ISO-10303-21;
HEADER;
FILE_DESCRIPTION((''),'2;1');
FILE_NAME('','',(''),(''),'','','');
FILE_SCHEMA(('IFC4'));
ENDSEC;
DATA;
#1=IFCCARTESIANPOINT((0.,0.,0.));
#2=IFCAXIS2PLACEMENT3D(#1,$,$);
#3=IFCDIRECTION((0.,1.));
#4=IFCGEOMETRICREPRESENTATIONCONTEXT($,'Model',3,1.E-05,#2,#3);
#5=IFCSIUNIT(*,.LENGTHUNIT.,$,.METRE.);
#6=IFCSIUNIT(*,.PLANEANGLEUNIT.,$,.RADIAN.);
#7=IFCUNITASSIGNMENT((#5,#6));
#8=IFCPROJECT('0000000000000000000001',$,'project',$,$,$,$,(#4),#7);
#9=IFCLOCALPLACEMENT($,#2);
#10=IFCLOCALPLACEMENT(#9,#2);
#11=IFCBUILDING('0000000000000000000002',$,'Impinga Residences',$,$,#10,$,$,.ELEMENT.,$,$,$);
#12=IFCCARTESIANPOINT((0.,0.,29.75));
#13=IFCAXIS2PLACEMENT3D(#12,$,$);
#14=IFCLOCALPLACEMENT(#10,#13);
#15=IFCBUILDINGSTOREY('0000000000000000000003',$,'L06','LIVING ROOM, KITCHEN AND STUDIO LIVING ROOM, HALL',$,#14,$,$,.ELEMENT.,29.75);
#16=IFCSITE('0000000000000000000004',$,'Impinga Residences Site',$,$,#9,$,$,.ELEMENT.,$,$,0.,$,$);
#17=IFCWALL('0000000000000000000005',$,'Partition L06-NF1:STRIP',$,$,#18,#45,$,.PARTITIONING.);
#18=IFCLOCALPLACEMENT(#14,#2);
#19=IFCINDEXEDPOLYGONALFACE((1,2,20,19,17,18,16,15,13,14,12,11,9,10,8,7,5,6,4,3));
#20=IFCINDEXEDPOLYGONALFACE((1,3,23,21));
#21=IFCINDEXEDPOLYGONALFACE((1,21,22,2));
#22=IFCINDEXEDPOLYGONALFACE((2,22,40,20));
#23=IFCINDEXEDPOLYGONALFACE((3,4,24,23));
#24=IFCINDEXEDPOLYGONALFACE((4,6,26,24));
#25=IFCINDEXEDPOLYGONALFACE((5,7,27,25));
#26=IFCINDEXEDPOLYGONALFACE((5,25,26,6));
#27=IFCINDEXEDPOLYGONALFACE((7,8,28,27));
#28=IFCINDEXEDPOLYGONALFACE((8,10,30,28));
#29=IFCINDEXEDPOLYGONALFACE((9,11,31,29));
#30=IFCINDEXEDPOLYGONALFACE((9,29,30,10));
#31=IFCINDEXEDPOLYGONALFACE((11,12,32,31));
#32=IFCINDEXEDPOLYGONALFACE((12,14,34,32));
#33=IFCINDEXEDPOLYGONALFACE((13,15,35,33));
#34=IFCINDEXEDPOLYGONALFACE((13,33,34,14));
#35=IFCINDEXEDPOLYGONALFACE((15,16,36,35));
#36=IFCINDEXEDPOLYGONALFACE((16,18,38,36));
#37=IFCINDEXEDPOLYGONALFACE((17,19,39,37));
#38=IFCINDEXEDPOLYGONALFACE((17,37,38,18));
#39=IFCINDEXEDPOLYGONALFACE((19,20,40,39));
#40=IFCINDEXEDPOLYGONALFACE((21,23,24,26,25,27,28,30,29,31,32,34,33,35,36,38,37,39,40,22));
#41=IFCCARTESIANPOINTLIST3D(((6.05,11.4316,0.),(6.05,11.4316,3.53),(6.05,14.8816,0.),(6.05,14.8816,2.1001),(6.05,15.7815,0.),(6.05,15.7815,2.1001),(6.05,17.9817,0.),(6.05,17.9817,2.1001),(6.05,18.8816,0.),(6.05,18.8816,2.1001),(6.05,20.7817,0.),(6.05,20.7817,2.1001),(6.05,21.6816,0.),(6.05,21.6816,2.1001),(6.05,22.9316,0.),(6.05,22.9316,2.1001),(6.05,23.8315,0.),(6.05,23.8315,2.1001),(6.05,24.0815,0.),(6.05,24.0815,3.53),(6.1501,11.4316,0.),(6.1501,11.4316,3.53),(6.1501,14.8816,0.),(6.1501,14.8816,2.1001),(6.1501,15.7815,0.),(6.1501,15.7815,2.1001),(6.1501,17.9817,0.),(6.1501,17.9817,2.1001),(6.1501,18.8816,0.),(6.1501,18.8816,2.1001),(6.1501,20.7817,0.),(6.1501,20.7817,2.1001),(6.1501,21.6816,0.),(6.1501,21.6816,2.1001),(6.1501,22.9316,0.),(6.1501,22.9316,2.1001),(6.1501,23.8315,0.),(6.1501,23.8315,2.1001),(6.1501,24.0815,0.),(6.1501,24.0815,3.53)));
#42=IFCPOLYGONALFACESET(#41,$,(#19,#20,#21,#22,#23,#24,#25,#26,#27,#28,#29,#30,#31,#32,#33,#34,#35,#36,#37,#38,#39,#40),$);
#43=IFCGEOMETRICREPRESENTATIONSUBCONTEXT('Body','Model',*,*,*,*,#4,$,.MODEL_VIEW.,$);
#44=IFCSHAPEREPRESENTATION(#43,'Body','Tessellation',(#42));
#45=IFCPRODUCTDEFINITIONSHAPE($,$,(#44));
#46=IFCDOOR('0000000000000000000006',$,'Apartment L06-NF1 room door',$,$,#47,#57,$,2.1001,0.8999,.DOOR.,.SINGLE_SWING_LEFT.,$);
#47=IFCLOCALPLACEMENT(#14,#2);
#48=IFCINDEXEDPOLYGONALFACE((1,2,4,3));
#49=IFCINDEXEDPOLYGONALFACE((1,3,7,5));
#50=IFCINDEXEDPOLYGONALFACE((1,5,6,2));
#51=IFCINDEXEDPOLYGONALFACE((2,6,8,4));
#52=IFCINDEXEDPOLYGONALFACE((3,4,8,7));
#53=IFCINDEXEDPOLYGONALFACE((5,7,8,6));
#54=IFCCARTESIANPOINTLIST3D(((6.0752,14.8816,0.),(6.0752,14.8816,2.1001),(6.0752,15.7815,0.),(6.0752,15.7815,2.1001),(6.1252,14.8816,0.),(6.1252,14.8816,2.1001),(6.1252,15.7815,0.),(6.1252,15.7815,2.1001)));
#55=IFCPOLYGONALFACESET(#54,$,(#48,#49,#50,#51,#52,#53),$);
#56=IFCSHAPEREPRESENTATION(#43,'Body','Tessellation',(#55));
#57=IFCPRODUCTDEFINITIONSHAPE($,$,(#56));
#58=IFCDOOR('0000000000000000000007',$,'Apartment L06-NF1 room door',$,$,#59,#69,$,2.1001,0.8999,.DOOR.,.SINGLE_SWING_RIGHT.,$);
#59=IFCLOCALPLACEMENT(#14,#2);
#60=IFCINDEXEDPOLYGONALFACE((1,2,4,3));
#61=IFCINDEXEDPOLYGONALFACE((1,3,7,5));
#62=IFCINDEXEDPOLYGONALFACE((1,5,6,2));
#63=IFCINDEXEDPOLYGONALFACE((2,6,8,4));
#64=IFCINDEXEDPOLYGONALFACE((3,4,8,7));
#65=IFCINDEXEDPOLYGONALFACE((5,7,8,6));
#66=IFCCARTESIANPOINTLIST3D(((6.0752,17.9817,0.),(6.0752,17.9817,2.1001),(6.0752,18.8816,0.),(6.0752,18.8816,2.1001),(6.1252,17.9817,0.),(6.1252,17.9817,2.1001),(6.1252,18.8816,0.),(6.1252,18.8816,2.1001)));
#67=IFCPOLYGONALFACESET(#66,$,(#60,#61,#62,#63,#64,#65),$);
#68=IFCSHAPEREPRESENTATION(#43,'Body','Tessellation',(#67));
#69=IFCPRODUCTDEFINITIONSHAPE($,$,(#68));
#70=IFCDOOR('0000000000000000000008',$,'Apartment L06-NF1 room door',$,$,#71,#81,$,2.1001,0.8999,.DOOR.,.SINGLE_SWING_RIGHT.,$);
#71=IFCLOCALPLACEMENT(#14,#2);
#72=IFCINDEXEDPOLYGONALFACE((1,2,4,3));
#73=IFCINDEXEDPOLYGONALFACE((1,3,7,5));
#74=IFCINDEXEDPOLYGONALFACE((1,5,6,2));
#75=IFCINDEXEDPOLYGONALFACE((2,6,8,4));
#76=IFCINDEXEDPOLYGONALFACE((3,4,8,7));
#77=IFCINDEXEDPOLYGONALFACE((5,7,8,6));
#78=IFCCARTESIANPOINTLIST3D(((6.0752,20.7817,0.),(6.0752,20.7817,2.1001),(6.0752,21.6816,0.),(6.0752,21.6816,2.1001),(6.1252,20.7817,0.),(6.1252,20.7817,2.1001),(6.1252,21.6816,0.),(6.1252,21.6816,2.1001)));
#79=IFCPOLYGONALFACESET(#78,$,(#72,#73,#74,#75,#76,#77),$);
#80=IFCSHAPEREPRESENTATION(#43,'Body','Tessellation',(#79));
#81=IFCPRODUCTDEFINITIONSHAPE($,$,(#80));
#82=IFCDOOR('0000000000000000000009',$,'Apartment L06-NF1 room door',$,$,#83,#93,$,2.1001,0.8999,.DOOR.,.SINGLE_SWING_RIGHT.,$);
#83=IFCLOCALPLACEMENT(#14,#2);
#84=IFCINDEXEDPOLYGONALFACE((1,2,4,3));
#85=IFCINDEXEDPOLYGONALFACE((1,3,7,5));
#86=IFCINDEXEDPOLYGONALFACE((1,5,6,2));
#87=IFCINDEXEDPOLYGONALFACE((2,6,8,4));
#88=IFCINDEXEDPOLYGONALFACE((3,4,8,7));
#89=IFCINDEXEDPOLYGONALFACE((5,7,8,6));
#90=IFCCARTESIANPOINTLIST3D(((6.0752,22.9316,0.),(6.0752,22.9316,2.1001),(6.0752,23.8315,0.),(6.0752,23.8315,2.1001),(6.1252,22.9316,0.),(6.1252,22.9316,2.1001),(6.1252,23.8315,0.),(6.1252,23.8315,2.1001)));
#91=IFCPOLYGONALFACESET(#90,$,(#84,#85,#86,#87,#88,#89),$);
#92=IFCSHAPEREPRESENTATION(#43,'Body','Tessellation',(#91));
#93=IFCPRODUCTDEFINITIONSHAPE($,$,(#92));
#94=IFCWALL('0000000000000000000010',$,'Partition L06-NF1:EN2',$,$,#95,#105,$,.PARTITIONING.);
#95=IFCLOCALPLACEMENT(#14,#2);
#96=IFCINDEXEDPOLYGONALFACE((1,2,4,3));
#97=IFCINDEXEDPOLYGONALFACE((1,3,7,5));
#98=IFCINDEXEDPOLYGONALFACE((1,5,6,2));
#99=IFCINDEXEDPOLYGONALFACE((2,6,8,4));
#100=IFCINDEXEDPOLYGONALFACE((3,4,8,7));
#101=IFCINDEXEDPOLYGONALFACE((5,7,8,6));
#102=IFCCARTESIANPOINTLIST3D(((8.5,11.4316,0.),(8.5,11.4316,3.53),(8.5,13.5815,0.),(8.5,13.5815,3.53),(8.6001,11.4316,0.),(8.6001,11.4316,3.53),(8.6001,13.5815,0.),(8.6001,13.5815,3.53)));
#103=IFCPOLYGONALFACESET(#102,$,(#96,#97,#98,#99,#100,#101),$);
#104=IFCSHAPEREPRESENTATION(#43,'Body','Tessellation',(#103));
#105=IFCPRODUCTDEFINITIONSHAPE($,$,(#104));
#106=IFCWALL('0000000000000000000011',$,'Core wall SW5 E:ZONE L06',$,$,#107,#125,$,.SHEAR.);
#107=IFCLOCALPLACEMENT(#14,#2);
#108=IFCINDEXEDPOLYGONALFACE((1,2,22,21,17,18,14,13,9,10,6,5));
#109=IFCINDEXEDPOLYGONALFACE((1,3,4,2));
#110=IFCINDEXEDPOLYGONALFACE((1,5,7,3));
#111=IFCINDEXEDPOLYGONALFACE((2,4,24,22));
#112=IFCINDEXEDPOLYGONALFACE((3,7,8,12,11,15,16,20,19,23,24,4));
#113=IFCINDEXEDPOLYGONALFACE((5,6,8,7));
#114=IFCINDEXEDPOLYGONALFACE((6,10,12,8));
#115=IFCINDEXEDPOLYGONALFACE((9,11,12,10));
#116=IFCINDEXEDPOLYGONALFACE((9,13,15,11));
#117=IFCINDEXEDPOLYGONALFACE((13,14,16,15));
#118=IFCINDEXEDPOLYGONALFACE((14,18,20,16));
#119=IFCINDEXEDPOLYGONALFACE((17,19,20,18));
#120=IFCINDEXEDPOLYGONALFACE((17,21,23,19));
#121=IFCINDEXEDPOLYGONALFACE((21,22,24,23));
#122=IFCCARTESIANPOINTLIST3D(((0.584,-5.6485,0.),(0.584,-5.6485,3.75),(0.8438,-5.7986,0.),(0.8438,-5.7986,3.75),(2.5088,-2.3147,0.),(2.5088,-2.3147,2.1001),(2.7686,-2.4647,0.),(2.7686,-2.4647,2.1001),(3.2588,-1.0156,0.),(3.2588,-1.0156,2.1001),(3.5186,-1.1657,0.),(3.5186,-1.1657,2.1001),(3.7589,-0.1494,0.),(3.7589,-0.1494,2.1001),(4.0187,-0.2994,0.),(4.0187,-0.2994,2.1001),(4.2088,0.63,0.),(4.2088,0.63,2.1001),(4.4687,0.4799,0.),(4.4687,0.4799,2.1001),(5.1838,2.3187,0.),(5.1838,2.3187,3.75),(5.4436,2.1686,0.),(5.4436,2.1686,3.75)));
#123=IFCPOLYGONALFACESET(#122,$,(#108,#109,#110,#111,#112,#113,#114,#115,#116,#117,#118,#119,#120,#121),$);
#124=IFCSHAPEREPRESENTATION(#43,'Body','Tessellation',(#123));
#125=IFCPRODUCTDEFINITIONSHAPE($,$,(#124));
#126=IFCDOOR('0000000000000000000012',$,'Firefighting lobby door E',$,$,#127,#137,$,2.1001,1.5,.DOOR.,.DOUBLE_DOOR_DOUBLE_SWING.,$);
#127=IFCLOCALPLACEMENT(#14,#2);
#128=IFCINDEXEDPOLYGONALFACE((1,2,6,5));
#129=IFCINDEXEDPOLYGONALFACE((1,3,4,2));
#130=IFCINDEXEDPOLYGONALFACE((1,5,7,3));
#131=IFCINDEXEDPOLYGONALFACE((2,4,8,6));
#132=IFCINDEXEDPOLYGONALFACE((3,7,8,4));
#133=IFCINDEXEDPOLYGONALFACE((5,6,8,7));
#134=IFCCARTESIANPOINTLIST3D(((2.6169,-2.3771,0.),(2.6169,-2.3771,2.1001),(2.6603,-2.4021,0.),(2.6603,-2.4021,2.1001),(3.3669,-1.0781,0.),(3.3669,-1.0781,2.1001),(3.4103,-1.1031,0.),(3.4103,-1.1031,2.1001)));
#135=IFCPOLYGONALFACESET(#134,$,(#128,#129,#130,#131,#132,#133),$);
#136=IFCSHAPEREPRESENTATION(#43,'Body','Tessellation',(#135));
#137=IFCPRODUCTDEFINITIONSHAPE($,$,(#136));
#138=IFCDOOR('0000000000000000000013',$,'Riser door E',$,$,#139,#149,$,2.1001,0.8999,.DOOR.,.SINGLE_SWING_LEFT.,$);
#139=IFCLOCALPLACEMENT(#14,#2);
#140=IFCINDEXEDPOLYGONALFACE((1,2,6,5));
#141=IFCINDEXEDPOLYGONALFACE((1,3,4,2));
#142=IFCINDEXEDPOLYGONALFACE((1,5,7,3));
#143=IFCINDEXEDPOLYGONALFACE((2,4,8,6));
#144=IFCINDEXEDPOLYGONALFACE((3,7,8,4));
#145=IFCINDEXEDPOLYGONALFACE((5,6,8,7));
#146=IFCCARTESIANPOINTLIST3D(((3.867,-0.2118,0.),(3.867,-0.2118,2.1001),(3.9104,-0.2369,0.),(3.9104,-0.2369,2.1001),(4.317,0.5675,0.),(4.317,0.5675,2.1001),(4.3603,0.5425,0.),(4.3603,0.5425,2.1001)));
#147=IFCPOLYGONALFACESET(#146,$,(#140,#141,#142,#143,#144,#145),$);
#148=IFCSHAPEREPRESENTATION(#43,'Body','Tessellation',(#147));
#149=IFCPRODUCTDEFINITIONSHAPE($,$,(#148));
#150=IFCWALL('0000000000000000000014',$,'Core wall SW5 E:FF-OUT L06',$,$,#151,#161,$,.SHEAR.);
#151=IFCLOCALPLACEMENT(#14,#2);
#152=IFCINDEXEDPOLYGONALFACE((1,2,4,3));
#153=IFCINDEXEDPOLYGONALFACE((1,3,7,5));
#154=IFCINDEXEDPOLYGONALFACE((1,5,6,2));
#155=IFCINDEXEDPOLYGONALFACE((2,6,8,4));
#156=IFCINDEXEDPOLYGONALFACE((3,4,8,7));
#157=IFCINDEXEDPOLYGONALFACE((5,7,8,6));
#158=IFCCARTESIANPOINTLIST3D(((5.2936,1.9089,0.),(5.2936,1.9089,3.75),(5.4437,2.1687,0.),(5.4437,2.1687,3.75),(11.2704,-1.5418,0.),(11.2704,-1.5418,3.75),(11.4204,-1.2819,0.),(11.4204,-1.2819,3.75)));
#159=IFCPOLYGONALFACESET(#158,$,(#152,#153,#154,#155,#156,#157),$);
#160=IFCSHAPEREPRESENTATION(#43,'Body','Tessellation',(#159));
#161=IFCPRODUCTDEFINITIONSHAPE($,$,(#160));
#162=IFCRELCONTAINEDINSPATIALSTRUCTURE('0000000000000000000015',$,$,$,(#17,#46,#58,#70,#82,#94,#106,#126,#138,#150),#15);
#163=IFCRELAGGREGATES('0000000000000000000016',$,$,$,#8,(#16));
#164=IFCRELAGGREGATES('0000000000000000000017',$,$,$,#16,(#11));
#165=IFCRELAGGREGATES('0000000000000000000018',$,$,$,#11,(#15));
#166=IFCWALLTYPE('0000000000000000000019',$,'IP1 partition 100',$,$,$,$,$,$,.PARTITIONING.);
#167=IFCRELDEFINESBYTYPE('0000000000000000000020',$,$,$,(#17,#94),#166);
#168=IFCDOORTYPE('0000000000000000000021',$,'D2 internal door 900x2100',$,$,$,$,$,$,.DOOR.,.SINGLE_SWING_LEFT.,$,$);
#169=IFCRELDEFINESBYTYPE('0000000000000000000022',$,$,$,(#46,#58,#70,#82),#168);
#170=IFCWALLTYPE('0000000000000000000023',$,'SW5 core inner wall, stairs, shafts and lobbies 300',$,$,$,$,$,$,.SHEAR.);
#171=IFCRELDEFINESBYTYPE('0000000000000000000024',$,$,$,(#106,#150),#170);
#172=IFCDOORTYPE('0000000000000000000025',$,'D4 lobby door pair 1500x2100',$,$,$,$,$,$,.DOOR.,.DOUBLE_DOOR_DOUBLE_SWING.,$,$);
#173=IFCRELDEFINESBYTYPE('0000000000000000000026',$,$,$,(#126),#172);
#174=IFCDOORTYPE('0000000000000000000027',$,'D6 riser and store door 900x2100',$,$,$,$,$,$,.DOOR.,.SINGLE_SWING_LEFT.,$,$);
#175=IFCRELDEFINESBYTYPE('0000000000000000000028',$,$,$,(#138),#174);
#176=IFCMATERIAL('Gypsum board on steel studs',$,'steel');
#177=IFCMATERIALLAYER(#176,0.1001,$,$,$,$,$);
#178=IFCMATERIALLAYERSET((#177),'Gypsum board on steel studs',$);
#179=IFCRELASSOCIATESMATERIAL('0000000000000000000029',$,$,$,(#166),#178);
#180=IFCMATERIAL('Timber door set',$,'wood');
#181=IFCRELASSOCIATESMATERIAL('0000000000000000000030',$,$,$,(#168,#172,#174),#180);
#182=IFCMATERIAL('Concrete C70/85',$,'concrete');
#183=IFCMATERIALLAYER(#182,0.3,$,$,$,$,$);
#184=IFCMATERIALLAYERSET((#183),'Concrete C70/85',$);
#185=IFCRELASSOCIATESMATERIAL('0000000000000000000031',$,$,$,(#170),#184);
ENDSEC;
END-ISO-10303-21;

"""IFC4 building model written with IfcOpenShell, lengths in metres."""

from ifc_helpers import new_model, si_unit, direction, frame, frame_2d, origin, place, context, subcontext, project, spatial, rectangle, extrude, material, layer, layer_set, type_object, element, fill, save


model = new_model("IFC4")

# Units and contexts
model_context = context("Model", 3, precision=1e-05, world=origin(), true_north=direction((0.0, 1.0)))
body_context = subcontext(model_context, "Body", "Model", "MODEL_VIEW")
ifc_project = project(units=[si_unit("LENGTHUNIT", "METRE"), si_unit("PLANEANGLEUNIT", "RADIAN")], contexts=[model_context])

# Site, building, storey
site_placement = place(None, origin())
site = spatial("IfcSite", under=ifc_project, at=site_placement, Name="Impinga Residences Site", CompositionType="ELEMENT", RefElevation=0.0)
building_placement = place(site_placement, origin())
building = spatial("IfcBuilding", under=site, at=building_placement, Name="Impinga Residences", CompositionType="ELEMENT")
storey_placement = place(building_placement, frame((0.0, 0.0, 29.75)))
storey = spatial("IfcBuildingStorey", under=building, at=storey_placement, Name="L06", Description="LIVING ROOM, KITCHEN AND STUDIO LIVING ROOM, HALL", CompositionType="ELEMENT", Elevation=29.75)

# Shared definitions
ifc_material_1 = material(Name="Concrete C70/85", Category="concrete")

# Shared definitions
ifc_material_2 = material(Name="Timber door set", Category="wood")

# Shared definitions
ifc_material_3 = material(Name="Gypsum board on steel studs", Category="steel")
ifc_layer_1 = layer(ifc_material_3, 0.1001)
ifc_layer_set_1 = layer_set([ifc_layer_1], Name="Gypsum board on steel studs")
wall_type_1 = type_object("IfcWallType", Name="IP1 partition 100", PredefinedType="PARTITIONING", material=ifc_layer_set_1)

# Wall, openings, doors
wall_1_placement = place(storey_placement, frame((6.1001, 11.4316, 0.0), z_axis=(0.0, 0.0, 1.0), x_axis=(0.0, 1.0, 0.0)))
wall_1 = element("IfcWall", 1, at=wall_1_placement, inside=storey, type_object=wall_type_1, Name="Partition L06-NF1:STRIP", PredefinedType="PARTITIONING", context=body_context, shape_type="SweptSolid", body=[
    extrude(rectangle(XDim=12.6499, YDim=0.1001, at=frame_2d((6.325, 0.0))), origin(), (0.0, 0.0, 1.0), 3.53),
])
opening_1_placement = place(wall_1_placement, frame((3.45, 0.0, 0.0)))
opening_1 = element("IfcOpeningElement", 2, at=opening_1_placement, cuts=wall_1, PredefinedType="OPENING", context=body_context, shape_type="SweptSolid", body=[
    extrude(rectangle(XDim=0.8999, YDim=2.1001, at=frame_2d((0.45, 1.05))), frame((0.0, 0.0601, 0.0), z_axis=(0.0, -1.0, 0.0), x_axis=(1.0, 0.0, 0.0)), (0.0, 0.0, 1.0), 0.1201),
])
opening_2_placement = place(wall_1_placement, frame((6.55, 0.0, 0.0)))
opening_2 = element("IfcOpeningElement", 3, at=opening_2_placement, cuts=wall_1, PredefinedType="OPENING", context=body_context, shape_type="SweptSolid", body=[
    extrude(rectangle(XDim=0.8999, YDim=2.1001, at=frame_2d((0.45, 1.05))), frame((0.0, 0.0601, 0.0), z_axis=(0.0, -1.0, 0.0), x_axis=(1.0, 0.0, 0.0)), (0.0, 0.0, 1.0), 0.1201),
])
opening_3_placement = place(wall_1_placement, frame((9.3501, 0.0, 0.0)))
opening_3 = element("IfcOpeningElement", 4, at=opening_3_placement, cuts=wall_1, PredefinedType="OPENING", context=body_context, shape_type="SweptSolid", body=[
    extrude(rectangle(XDim=0.8999, YDim=2.1001, at=frame_2d((0.45, 1.05))), frame((0.0, 0.0601, 0.0), z_axis=(0.0, -1.0, 0.0), x_axis=(1.0, 0.0, 0.0)), (0.0, 0.0, 1.0), 0.1201),
])
opening_4_placement = place(wall_1_placement, frame((11.5, 0.0, 0.0)))
opening_4 = element("IfcOpeningElement", 5, at=opening_4_placement, cuts=wall_1, PredefinedType="OPENING", context=body_context, shape_type="SweptSolid", body=[
    extrude(rectangle(XDim=0.8999, YDim=2.1001, at=frame_2d((0.45, 1.05))), frame((0.0, 0.0601, 0.0), z_axis=(0.0, -1.0, 0.0), x_axis=(1.0, 0.0, 0.0)), (0.0, 0.0, 1.0), 0.1201),
])
door_type_1 = type_object("IfcDoorType", Name="D2 internal door 900x2100", OperationType="SINGLE_SWING_LEFT", PredefinedType="DOOR", material=ifc_material_2)
door_1_placement = place(opening_1_placement, origin())
door_1 = element("IfcDoor", 6, at=door_1_placement, inside=storey, type_object=door_type_1, Name="Apartment L06-NF1 room door", OperationType="SINGLE_SWING_LEFT", OverallHeight=2.1001, OverallWidth=0.8999, PredefinedType="DOOR", context=body_context, shape_type="SweptSolid", body=[
    extrude(rectangle(XDim=0.8999, YDim=2.1001, at=frame_2d((0.45, 1.05))), frame((0.0, 0.0249, 0.0), z_axis=(0.0, -1.0, 0.0), x_axis=(1.0, 0.0, 0.0)), (0.0, 0.0, 1.0), 0.05),
])
fill(opening_1, door_1)
door_2_placement = place(opening_2_placement, origin())
door_2 = element("IfcDoor", 7, at=door_2_placement, inside=storey, type_object=door_type_1, Name="Apartment L06-NF1 room door", OperationType="SINGLE_SWING_RIGHT", OverallHeight=2.1001, OverallWidth=0.8999, PredefinedType="DOOR", context=body_context, shape_type="SweptSolid", body=[
    extrude(rectangle(XDim=0.8999, YDim=2.1001, at=frame_2d((0.45, 1.05))), frame((0.0, 0.0249, 0.0), z_axis=(0.0, -1.0, 0.0), x_axis=(1.0, 0.0, 0.0)), (0.0, 0.0, 1.0), 0.05),
])
fill(opening_2, door_2)
door_3_placement = place(opening_3_placement, origin())
door_3 = element("IfcDoor", 8, at=door_3_placement, inside=storey, type_object=door_type_1, Name="Apartment L06-NF1 room door", OperationType="SINGLE_SWING_RIGHT", OverallHeight=2.1001, OverallWidth=0.8999, PredefinedType="DOOR", context=body_context, shape_type="SweptSolid", body=[
    extrude(rectangle(XDim=0.8999, YDim=2.1001, at=frame_2d((0.45, 1.05))), frame((0.0, 0.0249, 0.0), z_axis=(0.0, -1.0, 0.0), x_axis=(1.0, 0.0, 0.0)), (0.0, 0.0, 1.0), 0.05),
])
fill(opening_3, door_3)
door_4_placement = place(opening_4_placement, origin())
door_4 = element("IfcDoor", 9, at=door_4_placement, inside=storey, type_object=door_type_1, Name="Apartment L06-NF1 room door", OperationType="SINGLE_SWING_RIGHT", OverallHeight=2.1001, OverallWidth=0.8999, PredefinedType="DOOR", context=body_context, shape_type="SweptSolid", body=[
    extrude(rectangle(XDim=0.8999, YDim=2.1001, at=frame_2d((0.45, 1.05))), frame((0.0, 0.0249, 0.0), z_axis=(0.0, -1.0, 0.0), x_axis=(1.0, 0.0, 0.0)), (0.0, 0.0, 1.0), 0.05),
])
fill(opening_4, door_4)

# Wall
wall_2_placement = place(storey_placement, frame((8.55, 11.4316, 0.0), z_axis=(0.0, 0.0, 1.0), x_axis=(0.0, 1.0, 0.0)))
element("IfcWall", 10, at=wall_2_placement, inside=storey, type_object=wall_type_1, Name="Partition L06-NF1:EN2", PredefinedType="PARTITIONING", context=body_context, shape_type="SweptSolid", body=[
    extrude(rectangle(XDim=2.1499, YDim=0.1001, at=frame_2d((1.075, 0.0))), origin(), (0.0, 0.0, 1.0), 3.53),
])

# Wall, openings, doors
ifc_layer_2 = layer(ifc_material_1, 0.3)
ifc_layer_set_2 = layer_set([ifc_layer_2], Name="Concrete C70/85")
wall_type_2 = type_object("IfcWallType", Name="SW5 core inner wall, stairs, shafts and lobbies 300", PredefinedType="SHEAR", material=ifc_layer_set_2)
wall_3_placement = place(storey_placement, frame((5.3137, 2.2437, 0.0), z_axis=(0.0, 0.0, 1.0), x_axis=(-0.499995, -0.866028, 0.0)))
wall_3 = element("IfcWall", 11, at=wall_3_placement, inside=storey, type_object=wall_type_2, Name="Core wall SW5 E:ZONE L06", PredefinedType="SHEAR", context=body_context, shape_type="SweptSolid", body=[
    extrude(rectangle(XDim=9.1997, YDim=0.3, at=frame_2d((4.5999, 0.0))), origin(), (0.0, 0.0, 1.0), 3.75),
])
opening_5_placement = place(wall_3_placement, frame((3.8501, 0.0, 0.0)))
opening_5 = element("IfcOpeningElement", 12, at=opening_5_placement, cuts=wall_3, PredefinedType="OPENING", context=body_context, shape_type="SweptSolid", body=[
    extrude(rectangle(XDim=1.5, YDim=2.1001, at=frame_2d((0.75, 1.05))), frame((0.0, 0.1599, 0.0), z_axis=(0.0, -1.0, 0.0), x_axis=(1.0, 0.0, 0.0)), (0.0, 0.0, 1.0), 0.3201),
])
opening_6_placement = place(wall_3_placement, frame((1.95, 0.0, 0.0)))
opening_6 = element("IfcOpeningElement", 13, at=opening_6_placement, cuts=wall_3, PredefinedType="OPENING", context=body_context, shape_type="SweptSolid", body=[
    extrude(rectangle(XDim=0.8999, YDim=2.1001, at=frame_2d((0.45, 1.05))), frame((0.0, 0.1599, 0.0), z_axis=(0.0, -1.0, 0.0), x_axis=(1.0, 0.0, 0.0)), (0.0, 0.0, 1.0), 0.3201),
])
door_type_2 = type_object("IfcDoorType", Name="D4 lobby door pair 1500x2100", OperationType="DOUBLE_DOOR_DOUBLE_SWING", PredefinedType="DOOR", material=ifc_material_2)
door_5_placement = place(opening_5_placement, origin())
door_5 = element("IfcDoor", 14, at=door_5_placement, inside=storey, type_object=door_type_2, Name="Firefighting lobby door E", OperationType="DOUBLE_DOOR_DOUBLE_SWING", OverallHeight=2.1001, OverallWidth=1.5, PredefinedType="DOOR", context=body_context, shape_type="SweptSolid", body=[
    extrude(rectangle(XDim=1.5, YDim=2.1001, at=frame_2d((0.75, 1.05))), frame((0.0, 0.0249, 0.0), z_axis=(0.0, -1.0, 0.0), x_axis=(1.0, 0.0, 0.0)), (0.0, 0.0, 1.0), 0.05),
])
fill(opening_5, door_5)
door_type_3 = type_object("IfcDoorType", Name="D6 riser and store door 900x2100", OperationType="SINGLE_SWING_LEFT", PredefinedType="DOOR", material=ifc_material_2)
door_6_placement = place(opening_6_placement, origin())
door_6 = element("IfcDoor", 15, at=door_6_placement, inside=storey, type_object=door_type_3, Name="Riser door E", OperationType="SINGLE_SWING_LEFT", OverallHeight=2.1001, OverallWidth=0.8999, PredefinedType="DOOR", context=body_context, shape_type="SweptSolid", body=[
    extrude(rectangle(XDim=0.8999, YDim=2.1001, at=frame_2d((0.45, 1.05))), frame((0.0, 0.0249, 0.0), z_axis=(0.0, -1.0, 0.0), x_axis=(1.0, 0.0, 0.0)), (0.0, 0.0, 1.0), 0.05),
])
fill(opening_6, door_6)

# Wall
wall_4_placement = place(storey_placement, frame((5.3687, 2.0388, 0.0), z_axis=(0.0, 0.0, 1.0), x_axis=(0.866027, -0.499997, 0.0)))
element("IfcWall", 16, at=wall_4_placement, inside=storey, type_object=wall_type_2, Name="Core wall SW5 E:FF-OUT L06", PredefinedType="SHEAR", context=body_context, shape_type="SweptSolid", body=[
    extrude(rectangle(XDim=6.9014, YDim=0.3, at=frame_2d((3.4507, 0.0))), origin(), (0.0, 0.0, 1.0), 3.75),
])

save(model, "model.ifc")
